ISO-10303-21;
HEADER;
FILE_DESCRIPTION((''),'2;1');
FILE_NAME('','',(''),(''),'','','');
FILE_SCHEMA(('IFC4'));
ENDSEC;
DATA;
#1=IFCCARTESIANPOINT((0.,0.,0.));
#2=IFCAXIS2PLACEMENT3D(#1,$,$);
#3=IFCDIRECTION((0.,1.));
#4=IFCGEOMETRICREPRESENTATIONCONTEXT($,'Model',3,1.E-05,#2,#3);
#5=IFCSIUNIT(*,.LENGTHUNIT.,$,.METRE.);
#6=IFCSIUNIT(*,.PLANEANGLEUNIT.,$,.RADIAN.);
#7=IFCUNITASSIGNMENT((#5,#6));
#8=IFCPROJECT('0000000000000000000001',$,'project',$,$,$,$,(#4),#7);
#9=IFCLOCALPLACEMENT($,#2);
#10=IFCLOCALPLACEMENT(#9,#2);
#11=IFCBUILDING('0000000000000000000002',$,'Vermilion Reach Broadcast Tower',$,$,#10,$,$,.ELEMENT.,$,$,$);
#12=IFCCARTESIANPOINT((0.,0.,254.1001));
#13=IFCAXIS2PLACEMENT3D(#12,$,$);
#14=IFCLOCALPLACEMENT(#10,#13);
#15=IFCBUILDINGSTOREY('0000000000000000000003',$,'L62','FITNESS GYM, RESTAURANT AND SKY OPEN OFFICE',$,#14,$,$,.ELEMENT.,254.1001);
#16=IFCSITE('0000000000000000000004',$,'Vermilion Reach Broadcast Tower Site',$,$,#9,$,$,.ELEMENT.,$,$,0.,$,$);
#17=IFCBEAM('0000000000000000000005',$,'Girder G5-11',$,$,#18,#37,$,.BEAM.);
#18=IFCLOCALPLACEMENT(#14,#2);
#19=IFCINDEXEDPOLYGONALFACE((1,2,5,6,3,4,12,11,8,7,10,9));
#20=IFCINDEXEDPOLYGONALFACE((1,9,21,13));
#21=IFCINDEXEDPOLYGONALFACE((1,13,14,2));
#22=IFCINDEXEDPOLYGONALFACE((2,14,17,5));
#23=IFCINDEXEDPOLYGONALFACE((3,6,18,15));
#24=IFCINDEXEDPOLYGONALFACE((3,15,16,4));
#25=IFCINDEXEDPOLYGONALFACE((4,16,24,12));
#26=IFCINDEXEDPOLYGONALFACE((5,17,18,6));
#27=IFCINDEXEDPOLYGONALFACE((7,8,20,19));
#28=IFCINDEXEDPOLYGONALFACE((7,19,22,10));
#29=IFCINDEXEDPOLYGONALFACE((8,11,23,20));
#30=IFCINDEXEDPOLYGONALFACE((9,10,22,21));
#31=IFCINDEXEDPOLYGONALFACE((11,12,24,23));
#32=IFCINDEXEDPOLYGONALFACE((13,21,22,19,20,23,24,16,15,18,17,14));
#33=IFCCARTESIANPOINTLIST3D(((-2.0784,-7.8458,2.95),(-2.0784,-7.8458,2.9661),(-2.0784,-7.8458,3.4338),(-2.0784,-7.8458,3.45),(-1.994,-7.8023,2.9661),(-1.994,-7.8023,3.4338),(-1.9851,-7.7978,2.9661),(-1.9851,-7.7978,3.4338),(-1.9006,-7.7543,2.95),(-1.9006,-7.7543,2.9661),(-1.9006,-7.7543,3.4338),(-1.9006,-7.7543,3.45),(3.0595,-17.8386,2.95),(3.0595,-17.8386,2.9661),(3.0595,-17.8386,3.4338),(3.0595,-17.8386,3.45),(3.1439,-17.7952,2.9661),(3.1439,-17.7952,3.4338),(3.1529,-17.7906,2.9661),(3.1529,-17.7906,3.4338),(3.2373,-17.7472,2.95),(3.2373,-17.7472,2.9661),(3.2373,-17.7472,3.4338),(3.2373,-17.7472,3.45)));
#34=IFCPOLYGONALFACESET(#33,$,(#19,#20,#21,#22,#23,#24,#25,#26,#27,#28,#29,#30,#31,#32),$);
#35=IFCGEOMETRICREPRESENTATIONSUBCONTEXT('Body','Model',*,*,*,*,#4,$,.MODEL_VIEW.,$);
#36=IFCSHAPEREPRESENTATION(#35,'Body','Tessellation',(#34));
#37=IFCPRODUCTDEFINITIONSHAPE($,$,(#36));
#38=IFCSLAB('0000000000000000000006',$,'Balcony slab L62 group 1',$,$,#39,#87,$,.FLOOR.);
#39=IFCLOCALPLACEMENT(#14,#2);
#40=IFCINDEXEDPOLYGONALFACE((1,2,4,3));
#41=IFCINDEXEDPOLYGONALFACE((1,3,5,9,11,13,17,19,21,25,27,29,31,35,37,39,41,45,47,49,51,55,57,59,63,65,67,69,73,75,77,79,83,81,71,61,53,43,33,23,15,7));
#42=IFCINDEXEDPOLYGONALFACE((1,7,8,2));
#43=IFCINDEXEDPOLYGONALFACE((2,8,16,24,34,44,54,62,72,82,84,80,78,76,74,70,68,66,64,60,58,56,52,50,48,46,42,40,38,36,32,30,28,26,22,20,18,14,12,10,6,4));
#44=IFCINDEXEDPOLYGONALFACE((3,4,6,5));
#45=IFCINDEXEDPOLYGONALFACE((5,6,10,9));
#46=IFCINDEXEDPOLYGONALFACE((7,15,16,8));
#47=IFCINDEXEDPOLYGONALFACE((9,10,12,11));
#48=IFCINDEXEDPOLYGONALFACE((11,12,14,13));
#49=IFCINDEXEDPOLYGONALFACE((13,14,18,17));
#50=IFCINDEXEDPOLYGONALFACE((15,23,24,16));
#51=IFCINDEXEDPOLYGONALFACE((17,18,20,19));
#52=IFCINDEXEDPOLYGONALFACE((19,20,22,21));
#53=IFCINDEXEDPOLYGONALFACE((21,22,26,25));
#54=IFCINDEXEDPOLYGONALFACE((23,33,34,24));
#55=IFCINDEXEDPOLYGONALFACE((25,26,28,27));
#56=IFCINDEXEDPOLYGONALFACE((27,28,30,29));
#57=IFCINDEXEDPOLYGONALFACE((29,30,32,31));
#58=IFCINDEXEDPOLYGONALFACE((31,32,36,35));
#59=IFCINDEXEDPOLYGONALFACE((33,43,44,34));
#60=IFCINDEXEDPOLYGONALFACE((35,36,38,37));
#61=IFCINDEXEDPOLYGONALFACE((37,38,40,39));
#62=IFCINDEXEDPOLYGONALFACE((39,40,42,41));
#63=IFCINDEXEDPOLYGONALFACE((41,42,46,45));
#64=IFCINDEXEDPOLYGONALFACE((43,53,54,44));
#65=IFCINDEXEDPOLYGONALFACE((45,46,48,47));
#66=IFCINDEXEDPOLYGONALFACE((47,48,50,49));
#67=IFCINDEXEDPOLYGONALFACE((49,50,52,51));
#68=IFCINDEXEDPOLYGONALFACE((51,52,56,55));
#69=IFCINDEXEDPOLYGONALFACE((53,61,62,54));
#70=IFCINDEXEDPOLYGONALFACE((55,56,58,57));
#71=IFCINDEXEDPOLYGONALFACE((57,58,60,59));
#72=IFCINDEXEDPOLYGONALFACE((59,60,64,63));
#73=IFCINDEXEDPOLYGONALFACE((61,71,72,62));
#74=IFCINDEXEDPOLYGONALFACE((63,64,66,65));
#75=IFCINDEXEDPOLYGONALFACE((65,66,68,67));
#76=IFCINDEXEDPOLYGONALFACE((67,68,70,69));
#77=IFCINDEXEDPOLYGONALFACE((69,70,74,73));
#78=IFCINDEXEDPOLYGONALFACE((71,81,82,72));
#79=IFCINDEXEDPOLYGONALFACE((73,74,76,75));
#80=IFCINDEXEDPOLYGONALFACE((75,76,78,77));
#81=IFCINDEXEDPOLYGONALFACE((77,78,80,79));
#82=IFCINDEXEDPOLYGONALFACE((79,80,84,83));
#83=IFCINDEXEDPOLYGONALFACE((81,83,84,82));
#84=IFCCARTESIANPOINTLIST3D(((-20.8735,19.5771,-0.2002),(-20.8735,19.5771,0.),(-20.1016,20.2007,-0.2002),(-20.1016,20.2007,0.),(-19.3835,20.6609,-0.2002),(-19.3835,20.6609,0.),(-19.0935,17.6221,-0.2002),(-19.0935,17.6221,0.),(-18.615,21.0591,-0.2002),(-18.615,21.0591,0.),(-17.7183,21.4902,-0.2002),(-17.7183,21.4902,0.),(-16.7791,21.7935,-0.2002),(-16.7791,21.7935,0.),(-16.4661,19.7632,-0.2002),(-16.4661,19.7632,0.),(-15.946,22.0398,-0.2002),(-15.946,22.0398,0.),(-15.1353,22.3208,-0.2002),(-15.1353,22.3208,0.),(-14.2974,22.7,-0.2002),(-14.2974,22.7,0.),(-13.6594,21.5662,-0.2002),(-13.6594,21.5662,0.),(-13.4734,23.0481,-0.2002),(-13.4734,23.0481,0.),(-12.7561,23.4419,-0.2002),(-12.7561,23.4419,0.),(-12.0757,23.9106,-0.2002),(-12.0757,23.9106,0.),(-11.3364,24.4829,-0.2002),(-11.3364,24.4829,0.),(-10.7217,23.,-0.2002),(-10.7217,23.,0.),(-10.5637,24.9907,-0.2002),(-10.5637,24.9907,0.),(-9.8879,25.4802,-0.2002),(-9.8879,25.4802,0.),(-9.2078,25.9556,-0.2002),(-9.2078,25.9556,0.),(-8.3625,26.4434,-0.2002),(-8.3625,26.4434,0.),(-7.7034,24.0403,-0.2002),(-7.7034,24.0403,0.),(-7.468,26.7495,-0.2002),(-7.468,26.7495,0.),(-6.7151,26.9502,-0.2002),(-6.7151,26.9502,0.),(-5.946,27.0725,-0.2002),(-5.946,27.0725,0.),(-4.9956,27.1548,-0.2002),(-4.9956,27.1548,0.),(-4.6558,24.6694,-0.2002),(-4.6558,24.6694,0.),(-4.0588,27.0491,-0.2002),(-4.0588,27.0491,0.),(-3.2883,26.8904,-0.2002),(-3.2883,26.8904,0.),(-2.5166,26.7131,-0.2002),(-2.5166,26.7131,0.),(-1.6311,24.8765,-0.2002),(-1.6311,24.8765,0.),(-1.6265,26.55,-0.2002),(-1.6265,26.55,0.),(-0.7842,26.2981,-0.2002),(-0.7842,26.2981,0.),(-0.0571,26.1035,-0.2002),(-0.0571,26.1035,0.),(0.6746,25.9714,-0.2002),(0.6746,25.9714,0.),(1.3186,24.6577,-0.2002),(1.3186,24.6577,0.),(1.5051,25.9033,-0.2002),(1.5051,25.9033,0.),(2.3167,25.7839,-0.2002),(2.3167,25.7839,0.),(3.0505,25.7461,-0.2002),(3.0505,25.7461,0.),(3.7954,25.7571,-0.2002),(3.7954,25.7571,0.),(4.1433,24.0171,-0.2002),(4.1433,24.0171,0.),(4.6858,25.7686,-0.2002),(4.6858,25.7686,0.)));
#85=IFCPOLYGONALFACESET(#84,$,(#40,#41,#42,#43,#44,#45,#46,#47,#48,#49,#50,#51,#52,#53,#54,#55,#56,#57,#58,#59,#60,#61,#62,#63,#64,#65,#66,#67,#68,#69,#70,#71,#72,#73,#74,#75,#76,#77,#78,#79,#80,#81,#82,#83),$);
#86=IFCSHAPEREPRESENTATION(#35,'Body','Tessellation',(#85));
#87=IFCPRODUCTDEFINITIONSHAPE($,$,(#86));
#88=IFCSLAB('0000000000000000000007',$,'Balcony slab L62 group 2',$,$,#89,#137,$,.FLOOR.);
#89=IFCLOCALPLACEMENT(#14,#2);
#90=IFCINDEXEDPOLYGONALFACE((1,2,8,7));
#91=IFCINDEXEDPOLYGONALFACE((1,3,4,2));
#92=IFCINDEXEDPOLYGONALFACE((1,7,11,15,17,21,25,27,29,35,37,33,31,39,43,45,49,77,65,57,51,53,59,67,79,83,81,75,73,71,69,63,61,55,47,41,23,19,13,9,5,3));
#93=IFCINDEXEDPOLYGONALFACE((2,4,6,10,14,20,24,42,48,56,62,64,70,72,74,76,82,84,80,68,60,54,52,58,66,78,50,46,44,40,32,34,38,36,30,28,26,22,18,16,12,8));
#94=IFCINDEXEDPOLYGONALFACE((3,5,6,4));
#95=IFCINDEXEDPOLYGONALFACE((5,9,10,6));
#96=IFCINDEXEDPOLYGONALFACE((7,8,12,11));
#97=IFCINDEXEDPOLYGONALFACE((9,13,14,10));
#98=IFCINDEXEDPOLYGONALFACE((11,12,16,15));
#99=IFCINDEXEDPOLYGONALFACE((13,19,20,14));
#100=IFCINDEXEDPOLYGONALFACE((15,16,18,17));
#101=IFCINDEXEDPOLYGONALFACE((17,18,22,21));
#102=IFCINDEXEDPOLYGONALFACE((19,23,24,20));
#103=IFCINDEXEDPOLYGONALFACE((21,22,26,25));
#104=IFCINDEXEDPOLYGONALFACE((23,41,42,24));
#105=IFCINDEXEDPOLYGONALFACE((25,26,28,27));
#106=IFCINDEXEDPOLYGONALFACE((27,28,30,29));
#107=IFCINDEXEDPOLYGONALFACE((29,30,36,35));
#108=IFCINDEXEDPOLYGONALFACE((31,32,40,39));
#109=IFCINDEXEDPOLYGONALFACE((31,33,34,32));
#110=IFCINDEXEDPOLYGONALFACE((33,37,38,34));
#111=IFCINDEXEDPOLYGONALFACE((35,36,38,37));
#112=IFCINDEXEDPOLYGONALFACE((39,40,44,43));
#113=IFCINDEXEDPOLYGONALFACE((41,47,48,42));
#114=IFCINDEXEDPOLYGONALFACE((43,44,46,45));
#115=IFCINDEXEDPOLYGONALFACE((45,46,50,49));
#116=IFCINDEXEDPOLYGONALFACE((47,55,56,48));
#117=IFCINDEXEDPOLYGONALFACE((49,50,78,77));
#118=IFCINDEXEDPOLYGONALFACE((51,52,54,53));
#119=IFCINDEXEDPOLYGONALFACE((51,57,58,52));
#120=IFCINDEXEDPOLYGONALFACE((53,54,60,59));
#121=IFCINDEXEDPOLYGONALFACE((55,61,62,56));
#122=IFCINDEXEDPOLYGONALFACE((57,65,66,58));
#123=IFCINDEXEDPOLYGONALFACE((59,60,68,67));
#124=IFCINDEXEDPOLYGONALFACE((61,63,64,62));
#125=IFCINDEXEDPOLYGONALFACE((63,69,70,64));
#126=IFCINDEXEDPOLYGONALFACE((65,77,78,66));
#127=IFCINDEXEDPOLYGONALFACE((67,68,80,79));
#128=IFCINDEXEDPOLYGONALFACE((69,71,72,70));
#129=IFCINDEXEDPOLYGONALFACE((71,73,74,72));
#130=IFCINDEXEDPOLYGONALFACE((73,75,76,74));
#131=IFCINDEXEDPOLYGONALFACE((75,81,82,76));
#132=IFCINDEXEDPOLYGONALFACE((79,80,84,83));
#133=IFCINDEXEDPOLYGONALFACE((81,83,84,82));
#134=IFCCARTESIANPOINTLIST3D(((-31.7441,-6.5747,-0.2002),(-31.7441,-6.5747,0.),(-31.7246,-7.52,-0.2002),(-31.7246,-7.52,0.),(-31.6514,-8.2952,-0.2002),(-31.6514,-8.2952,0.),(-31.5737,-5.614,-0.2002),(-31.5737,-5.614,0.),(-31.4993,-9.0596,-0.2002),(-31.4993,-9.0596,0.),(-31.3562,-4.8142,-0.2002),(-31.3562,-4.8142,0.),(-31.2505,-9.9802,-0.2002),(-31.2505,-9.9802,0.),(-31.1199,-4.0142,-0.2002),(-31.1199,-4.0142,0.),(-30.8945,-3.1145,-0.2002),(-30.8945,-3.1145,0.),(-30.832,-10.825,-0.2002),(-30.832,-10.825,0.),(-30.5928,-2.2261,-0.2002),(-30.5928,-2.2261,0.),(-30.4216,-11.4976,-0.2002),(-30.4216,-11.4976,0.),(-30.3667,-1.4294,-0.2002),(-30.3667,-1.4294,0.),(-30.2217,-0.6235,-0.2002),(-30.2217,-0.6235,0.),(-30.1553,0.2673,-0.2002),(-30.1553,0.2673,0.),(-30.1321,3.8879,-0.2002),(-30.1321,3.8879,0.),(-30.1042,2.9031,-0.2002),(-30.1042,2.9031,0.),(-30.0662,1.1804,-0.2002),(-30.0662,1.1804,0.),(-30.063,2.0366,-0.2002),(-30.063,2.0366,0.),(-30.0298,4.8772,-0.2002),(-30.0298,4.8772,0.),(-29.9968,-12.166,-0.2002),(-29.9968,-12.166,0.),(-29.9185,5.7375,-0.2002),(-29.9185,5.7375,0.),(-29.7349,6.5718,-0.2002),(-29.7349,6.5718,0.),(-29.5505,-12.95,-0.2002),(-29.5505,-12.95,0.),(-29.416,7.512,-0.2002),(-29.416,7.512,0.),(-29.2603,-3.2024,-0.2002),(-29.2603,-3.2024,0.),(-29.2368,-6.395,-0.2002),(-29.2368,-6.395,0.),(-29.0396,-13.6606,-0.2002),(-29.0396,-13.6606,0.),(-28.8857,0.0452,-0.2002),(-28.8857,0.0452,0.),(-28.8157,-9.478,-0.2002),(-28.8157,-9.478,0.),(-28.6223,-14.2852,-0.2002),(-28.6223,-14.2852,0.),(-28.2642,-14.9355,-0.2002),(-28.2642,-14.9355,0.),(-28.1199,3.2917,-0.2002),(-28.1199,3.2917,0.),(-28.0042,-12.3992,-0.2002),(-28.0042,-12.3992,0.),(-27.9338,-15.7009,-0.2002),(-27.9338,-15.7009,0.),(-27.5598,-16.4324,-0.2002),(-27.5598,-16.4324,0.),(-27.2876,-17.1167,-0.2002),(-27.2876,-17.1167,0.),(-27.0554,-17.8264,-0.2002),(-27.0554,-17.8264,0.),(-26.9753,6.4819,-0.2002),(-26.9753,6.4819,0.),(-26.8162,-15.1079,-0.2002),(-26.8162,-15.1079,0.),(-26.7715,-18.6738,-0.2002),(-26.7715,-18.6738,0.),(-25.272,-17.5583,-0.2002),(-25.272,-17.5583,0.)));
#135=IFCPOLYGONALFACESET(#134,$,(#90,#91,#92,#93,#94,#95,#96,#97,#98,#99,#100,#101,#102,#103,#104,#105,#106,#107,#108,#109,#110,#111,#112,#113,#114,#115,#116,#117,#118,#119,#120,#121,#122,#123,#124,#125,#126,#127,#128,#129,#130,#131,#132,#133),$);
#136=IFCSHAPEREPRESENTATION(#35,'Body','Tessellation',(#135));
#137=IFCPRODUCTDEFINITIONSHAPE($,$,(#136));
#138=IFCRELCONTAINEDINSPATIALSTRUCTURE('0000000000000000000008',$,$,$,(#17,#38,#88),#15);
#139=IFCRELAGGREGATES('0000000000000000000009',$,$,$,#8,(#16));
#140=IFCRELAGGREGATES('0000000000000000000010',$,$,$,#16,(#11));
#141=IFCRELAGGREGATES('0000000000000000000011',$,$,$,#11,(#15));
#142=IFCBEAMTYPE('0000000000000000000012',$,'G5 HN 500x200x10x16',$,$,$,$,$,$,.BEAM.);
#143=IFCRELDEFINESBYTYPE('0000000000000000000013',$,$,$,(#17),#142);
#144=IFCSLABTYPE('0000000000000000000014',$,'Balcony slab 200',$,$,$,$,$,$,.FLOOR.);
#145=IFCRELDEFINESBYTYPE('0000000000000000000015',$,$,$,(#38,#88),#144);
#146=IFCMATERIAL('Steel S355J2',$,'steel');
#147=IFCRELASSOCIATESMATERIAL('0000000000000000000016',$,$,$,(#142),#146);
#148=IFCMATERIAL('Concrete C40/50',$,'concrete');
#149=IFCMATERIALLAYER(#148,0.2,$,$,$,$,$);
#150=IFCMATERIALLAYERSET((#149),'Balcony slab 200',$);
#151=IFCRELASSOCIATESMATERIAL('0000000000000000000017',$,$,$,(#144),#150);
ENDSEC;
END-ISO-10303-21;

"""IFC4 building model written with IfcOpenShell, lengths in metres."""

from ifc_helpers import new_model, si_unit, direction, frame, origin, origin_2d, place, context, subcontext, project, spatial, polyline, i_section, outline, extrude, material, layer, layer_set, material_profile, profile_set, type_object, element, save


model = new_model("IFC4")

# Units and contexts
model_context = context("Model", 3, precision=1e-05, world=origin(), true_north=direction((0.0, 1.0)))
body_context = subcontext(model_context, "Body", "Model", "MODEL_VIEW")
ifc_project = project(units=[si_unit("LENGTHUNIT", "METRE"), si_unit("PLANEANGLEUNIT", "RADIAN")], contexts=[model_context])

# Site, building, storey
site_placement = place(None, origin())
site = spatial("IfcSite", under=ifc_project, at=site_placement, Name="Vermilion Reach Broadcast Tower Site", CompositionType="ELEMENT", RefElevation=0.0)
building_placement = place(site_placement, origin())
building = spatial("IfcBuilding", under=site, at=building_placement, Name="Vermilion Reach Broadcast Tower", CompositionType="ELEMENT")
storey_placement = place(building_placement, frame((0.0, 0.0, 254.1001)))
storey = spatial("IfcBuildingStorey", under=building, at=storey_placement, Name="L62", Description="FITNESS GYM, RESTAURANT AND SKY OPEN OFFICE", CompositionType="ELEMENT", Elevation=254.1001)

# Beam
ifc_material_1 = material(Name="Steel S355J2", Category="steel")
ifc_material_profile = material_profile(ifc_material_1, i_section(OverallWidth=0.2, OverallDepth=0.5, WebThickness=0.01, FlangeThickness=0.0161, at=origin_2d()), Name="S355J2 HN 500x200x10x16")
ifc_profile_set = profile_set([ifc_material_profile], Name="Steel S355J2")
beam_type = type_object("IfcBeamType", Name="G5 HN 500x200x10x16", PredefinedType="BEAM", material=ifc_profile_set)
beam_placement = place(storey_placement, frame((-1.9895, -7.8, 3.2), z_axis=(0.457258, -0.889334, 0.0), x_axis=(0.889334, 0.457258, 0.0)))
element("IfcBeam", 1, at=beam_placement, inside=storey, type_object=beam_type, Name="Girder G5-11", PredefinedType="BEAM", context=body_context, shape_type="SweptSolid", body=[
    extrude(i_section(OverallWidth=0.2, OverallDepth=0.5, WebThickness=0.01, FlangeThickness=0.0161, at=origin_2d()), origin(), (0.0, 0.0, 1.0), 11.2363),
])

# Slabs
ifc_material_2 = material(Name="Concrete C40/50", Category="concrete")
ifc_layer_1 = layer(ifc_material_2, 0.2)
ifc_layer_set_1 = layer_set([ifc_layer_1], Name="Balcony slab 200")
slab_type_1 = type_object("IfcSlabType", Name="Balcony slab 200", PredefinedType="FLOOR", material=ifc_layer_set_1)
placement_1 = place(storey_placement, frame((0.0, 0.0, -0.2002)))
element("IfcSlab", 2, at=placement_1, inside=storey, type_object=slab_type_1, Name="Balcony slab L62 group 1", PredefinedType="FLOOR", context=body_context, shape_type="SweptSolid", body=[
    extrude(outline(polyline([(4.1433, 24.0171), (1.3186, 24.6577), (-1.6311, 24.8765), (-4.6558, 24.6694), (-7.7034, 24.0403), (-10.7217, 23.0), (-13.6594, 21.5662), (-16.4661, 19.7632), (-19.0935, 17.6221), (-20.8735, 19.5771), (-20.1016, 20.2007), (-19.3835, 20.6609), (-18.615, 21.0591), (-17.7183, 21.4902), (-16.7791, 21.7935), (-15.946, 22.0398), (-15.1353, 22.3208), (-14.2974, 22.7), (-13.4734, 23.0481), (-12.7561, 23.4419), (-12.0757, 23.9106), (-11.3364, 24.4829), (-10.5637, 24.9907), (-9.8879, 25.4802), (-9.2078, 25.9556), (-8.3625, 26.4434), (-7.468, 26.7495), (-6.7151, 26.9502), (-5.946, 27.0725), (-4.9956, 27.1548), (-4.0588, 27.0491), (-3.2883, 26.8904), (-2.5166, 26.7131), (-1.6265, 26.55), (-0.7842, 26.2981), (-0.0571, 26.1035), (0.6746, 25.9714), (1.5051, 25.9033), (2.3167, 25.7839), (3.0505, 25.7461), (3.7954, 25.7571), (4.6858, 25.7686), (4.1433, 24.0171)])), origin(), (0.0, 0.0, 1.0), 0.2002),
])
element("IfcSlab", 3, at=placement_1, inside=storey, type_object=slab_type_1, Name="Balcony slab L62 group 2", PredefinedType="FLOOR", context=body_context, shape_type="SweptSolid", body=[
    extrude(outline(polyline([(-26.9753, 6.4819), (-28.1199, 3.2917), (-28.8857, 0.0452), (-29.2603, -3.2024), (-29.2368, -6.395), (-28.8157, -9.478), (-28.0042, -12.3992), (-26.8162, -15.1079), (-25.272, -17.5583), (-26.7715, -18.6738), (-27.0554, -17.8264), (-27.2876, -17.1167), (-27.5598, -16.4324), (-27.9338, -15.7009), (-28.2642, -14.9355), (-28.6223, -14.2852), (-29.0396, -13.6606), (-29.5505, -12.95), (-29.9968, -12.166), (-30.4216, -11.4976), (-30.832, -10.825), (-31.2505, -9.9802), (-31.4993, -9.0596), (-31.6514, -8.2952), (-31.7246, -7.52), (-31.7441, -6.5747), (-31.5737, -5.614), (-31.3562, -4.8142), (-31.1199, -4.0142), (-30.8945, -3.1145), (-30.5928, -2.2261), (-30.3667, -1.4294), (-30.2217, -0.6235), (-30.1553, 0.2673), (-30.0662, 1.1804), (-30.063, 2.0366), (-30.1042, 2.9031), (-30.1321, 3.8879), (-30.0298, 4.8772), (-29.9185, 5.7375), (-29.7349, 6.5718), (-29.416, 7.512), (-26.9753, 6.4819)])), origin(), (0.0, 0.0, 1.0), 0.2002),
])

save(model, "model.ifc")
